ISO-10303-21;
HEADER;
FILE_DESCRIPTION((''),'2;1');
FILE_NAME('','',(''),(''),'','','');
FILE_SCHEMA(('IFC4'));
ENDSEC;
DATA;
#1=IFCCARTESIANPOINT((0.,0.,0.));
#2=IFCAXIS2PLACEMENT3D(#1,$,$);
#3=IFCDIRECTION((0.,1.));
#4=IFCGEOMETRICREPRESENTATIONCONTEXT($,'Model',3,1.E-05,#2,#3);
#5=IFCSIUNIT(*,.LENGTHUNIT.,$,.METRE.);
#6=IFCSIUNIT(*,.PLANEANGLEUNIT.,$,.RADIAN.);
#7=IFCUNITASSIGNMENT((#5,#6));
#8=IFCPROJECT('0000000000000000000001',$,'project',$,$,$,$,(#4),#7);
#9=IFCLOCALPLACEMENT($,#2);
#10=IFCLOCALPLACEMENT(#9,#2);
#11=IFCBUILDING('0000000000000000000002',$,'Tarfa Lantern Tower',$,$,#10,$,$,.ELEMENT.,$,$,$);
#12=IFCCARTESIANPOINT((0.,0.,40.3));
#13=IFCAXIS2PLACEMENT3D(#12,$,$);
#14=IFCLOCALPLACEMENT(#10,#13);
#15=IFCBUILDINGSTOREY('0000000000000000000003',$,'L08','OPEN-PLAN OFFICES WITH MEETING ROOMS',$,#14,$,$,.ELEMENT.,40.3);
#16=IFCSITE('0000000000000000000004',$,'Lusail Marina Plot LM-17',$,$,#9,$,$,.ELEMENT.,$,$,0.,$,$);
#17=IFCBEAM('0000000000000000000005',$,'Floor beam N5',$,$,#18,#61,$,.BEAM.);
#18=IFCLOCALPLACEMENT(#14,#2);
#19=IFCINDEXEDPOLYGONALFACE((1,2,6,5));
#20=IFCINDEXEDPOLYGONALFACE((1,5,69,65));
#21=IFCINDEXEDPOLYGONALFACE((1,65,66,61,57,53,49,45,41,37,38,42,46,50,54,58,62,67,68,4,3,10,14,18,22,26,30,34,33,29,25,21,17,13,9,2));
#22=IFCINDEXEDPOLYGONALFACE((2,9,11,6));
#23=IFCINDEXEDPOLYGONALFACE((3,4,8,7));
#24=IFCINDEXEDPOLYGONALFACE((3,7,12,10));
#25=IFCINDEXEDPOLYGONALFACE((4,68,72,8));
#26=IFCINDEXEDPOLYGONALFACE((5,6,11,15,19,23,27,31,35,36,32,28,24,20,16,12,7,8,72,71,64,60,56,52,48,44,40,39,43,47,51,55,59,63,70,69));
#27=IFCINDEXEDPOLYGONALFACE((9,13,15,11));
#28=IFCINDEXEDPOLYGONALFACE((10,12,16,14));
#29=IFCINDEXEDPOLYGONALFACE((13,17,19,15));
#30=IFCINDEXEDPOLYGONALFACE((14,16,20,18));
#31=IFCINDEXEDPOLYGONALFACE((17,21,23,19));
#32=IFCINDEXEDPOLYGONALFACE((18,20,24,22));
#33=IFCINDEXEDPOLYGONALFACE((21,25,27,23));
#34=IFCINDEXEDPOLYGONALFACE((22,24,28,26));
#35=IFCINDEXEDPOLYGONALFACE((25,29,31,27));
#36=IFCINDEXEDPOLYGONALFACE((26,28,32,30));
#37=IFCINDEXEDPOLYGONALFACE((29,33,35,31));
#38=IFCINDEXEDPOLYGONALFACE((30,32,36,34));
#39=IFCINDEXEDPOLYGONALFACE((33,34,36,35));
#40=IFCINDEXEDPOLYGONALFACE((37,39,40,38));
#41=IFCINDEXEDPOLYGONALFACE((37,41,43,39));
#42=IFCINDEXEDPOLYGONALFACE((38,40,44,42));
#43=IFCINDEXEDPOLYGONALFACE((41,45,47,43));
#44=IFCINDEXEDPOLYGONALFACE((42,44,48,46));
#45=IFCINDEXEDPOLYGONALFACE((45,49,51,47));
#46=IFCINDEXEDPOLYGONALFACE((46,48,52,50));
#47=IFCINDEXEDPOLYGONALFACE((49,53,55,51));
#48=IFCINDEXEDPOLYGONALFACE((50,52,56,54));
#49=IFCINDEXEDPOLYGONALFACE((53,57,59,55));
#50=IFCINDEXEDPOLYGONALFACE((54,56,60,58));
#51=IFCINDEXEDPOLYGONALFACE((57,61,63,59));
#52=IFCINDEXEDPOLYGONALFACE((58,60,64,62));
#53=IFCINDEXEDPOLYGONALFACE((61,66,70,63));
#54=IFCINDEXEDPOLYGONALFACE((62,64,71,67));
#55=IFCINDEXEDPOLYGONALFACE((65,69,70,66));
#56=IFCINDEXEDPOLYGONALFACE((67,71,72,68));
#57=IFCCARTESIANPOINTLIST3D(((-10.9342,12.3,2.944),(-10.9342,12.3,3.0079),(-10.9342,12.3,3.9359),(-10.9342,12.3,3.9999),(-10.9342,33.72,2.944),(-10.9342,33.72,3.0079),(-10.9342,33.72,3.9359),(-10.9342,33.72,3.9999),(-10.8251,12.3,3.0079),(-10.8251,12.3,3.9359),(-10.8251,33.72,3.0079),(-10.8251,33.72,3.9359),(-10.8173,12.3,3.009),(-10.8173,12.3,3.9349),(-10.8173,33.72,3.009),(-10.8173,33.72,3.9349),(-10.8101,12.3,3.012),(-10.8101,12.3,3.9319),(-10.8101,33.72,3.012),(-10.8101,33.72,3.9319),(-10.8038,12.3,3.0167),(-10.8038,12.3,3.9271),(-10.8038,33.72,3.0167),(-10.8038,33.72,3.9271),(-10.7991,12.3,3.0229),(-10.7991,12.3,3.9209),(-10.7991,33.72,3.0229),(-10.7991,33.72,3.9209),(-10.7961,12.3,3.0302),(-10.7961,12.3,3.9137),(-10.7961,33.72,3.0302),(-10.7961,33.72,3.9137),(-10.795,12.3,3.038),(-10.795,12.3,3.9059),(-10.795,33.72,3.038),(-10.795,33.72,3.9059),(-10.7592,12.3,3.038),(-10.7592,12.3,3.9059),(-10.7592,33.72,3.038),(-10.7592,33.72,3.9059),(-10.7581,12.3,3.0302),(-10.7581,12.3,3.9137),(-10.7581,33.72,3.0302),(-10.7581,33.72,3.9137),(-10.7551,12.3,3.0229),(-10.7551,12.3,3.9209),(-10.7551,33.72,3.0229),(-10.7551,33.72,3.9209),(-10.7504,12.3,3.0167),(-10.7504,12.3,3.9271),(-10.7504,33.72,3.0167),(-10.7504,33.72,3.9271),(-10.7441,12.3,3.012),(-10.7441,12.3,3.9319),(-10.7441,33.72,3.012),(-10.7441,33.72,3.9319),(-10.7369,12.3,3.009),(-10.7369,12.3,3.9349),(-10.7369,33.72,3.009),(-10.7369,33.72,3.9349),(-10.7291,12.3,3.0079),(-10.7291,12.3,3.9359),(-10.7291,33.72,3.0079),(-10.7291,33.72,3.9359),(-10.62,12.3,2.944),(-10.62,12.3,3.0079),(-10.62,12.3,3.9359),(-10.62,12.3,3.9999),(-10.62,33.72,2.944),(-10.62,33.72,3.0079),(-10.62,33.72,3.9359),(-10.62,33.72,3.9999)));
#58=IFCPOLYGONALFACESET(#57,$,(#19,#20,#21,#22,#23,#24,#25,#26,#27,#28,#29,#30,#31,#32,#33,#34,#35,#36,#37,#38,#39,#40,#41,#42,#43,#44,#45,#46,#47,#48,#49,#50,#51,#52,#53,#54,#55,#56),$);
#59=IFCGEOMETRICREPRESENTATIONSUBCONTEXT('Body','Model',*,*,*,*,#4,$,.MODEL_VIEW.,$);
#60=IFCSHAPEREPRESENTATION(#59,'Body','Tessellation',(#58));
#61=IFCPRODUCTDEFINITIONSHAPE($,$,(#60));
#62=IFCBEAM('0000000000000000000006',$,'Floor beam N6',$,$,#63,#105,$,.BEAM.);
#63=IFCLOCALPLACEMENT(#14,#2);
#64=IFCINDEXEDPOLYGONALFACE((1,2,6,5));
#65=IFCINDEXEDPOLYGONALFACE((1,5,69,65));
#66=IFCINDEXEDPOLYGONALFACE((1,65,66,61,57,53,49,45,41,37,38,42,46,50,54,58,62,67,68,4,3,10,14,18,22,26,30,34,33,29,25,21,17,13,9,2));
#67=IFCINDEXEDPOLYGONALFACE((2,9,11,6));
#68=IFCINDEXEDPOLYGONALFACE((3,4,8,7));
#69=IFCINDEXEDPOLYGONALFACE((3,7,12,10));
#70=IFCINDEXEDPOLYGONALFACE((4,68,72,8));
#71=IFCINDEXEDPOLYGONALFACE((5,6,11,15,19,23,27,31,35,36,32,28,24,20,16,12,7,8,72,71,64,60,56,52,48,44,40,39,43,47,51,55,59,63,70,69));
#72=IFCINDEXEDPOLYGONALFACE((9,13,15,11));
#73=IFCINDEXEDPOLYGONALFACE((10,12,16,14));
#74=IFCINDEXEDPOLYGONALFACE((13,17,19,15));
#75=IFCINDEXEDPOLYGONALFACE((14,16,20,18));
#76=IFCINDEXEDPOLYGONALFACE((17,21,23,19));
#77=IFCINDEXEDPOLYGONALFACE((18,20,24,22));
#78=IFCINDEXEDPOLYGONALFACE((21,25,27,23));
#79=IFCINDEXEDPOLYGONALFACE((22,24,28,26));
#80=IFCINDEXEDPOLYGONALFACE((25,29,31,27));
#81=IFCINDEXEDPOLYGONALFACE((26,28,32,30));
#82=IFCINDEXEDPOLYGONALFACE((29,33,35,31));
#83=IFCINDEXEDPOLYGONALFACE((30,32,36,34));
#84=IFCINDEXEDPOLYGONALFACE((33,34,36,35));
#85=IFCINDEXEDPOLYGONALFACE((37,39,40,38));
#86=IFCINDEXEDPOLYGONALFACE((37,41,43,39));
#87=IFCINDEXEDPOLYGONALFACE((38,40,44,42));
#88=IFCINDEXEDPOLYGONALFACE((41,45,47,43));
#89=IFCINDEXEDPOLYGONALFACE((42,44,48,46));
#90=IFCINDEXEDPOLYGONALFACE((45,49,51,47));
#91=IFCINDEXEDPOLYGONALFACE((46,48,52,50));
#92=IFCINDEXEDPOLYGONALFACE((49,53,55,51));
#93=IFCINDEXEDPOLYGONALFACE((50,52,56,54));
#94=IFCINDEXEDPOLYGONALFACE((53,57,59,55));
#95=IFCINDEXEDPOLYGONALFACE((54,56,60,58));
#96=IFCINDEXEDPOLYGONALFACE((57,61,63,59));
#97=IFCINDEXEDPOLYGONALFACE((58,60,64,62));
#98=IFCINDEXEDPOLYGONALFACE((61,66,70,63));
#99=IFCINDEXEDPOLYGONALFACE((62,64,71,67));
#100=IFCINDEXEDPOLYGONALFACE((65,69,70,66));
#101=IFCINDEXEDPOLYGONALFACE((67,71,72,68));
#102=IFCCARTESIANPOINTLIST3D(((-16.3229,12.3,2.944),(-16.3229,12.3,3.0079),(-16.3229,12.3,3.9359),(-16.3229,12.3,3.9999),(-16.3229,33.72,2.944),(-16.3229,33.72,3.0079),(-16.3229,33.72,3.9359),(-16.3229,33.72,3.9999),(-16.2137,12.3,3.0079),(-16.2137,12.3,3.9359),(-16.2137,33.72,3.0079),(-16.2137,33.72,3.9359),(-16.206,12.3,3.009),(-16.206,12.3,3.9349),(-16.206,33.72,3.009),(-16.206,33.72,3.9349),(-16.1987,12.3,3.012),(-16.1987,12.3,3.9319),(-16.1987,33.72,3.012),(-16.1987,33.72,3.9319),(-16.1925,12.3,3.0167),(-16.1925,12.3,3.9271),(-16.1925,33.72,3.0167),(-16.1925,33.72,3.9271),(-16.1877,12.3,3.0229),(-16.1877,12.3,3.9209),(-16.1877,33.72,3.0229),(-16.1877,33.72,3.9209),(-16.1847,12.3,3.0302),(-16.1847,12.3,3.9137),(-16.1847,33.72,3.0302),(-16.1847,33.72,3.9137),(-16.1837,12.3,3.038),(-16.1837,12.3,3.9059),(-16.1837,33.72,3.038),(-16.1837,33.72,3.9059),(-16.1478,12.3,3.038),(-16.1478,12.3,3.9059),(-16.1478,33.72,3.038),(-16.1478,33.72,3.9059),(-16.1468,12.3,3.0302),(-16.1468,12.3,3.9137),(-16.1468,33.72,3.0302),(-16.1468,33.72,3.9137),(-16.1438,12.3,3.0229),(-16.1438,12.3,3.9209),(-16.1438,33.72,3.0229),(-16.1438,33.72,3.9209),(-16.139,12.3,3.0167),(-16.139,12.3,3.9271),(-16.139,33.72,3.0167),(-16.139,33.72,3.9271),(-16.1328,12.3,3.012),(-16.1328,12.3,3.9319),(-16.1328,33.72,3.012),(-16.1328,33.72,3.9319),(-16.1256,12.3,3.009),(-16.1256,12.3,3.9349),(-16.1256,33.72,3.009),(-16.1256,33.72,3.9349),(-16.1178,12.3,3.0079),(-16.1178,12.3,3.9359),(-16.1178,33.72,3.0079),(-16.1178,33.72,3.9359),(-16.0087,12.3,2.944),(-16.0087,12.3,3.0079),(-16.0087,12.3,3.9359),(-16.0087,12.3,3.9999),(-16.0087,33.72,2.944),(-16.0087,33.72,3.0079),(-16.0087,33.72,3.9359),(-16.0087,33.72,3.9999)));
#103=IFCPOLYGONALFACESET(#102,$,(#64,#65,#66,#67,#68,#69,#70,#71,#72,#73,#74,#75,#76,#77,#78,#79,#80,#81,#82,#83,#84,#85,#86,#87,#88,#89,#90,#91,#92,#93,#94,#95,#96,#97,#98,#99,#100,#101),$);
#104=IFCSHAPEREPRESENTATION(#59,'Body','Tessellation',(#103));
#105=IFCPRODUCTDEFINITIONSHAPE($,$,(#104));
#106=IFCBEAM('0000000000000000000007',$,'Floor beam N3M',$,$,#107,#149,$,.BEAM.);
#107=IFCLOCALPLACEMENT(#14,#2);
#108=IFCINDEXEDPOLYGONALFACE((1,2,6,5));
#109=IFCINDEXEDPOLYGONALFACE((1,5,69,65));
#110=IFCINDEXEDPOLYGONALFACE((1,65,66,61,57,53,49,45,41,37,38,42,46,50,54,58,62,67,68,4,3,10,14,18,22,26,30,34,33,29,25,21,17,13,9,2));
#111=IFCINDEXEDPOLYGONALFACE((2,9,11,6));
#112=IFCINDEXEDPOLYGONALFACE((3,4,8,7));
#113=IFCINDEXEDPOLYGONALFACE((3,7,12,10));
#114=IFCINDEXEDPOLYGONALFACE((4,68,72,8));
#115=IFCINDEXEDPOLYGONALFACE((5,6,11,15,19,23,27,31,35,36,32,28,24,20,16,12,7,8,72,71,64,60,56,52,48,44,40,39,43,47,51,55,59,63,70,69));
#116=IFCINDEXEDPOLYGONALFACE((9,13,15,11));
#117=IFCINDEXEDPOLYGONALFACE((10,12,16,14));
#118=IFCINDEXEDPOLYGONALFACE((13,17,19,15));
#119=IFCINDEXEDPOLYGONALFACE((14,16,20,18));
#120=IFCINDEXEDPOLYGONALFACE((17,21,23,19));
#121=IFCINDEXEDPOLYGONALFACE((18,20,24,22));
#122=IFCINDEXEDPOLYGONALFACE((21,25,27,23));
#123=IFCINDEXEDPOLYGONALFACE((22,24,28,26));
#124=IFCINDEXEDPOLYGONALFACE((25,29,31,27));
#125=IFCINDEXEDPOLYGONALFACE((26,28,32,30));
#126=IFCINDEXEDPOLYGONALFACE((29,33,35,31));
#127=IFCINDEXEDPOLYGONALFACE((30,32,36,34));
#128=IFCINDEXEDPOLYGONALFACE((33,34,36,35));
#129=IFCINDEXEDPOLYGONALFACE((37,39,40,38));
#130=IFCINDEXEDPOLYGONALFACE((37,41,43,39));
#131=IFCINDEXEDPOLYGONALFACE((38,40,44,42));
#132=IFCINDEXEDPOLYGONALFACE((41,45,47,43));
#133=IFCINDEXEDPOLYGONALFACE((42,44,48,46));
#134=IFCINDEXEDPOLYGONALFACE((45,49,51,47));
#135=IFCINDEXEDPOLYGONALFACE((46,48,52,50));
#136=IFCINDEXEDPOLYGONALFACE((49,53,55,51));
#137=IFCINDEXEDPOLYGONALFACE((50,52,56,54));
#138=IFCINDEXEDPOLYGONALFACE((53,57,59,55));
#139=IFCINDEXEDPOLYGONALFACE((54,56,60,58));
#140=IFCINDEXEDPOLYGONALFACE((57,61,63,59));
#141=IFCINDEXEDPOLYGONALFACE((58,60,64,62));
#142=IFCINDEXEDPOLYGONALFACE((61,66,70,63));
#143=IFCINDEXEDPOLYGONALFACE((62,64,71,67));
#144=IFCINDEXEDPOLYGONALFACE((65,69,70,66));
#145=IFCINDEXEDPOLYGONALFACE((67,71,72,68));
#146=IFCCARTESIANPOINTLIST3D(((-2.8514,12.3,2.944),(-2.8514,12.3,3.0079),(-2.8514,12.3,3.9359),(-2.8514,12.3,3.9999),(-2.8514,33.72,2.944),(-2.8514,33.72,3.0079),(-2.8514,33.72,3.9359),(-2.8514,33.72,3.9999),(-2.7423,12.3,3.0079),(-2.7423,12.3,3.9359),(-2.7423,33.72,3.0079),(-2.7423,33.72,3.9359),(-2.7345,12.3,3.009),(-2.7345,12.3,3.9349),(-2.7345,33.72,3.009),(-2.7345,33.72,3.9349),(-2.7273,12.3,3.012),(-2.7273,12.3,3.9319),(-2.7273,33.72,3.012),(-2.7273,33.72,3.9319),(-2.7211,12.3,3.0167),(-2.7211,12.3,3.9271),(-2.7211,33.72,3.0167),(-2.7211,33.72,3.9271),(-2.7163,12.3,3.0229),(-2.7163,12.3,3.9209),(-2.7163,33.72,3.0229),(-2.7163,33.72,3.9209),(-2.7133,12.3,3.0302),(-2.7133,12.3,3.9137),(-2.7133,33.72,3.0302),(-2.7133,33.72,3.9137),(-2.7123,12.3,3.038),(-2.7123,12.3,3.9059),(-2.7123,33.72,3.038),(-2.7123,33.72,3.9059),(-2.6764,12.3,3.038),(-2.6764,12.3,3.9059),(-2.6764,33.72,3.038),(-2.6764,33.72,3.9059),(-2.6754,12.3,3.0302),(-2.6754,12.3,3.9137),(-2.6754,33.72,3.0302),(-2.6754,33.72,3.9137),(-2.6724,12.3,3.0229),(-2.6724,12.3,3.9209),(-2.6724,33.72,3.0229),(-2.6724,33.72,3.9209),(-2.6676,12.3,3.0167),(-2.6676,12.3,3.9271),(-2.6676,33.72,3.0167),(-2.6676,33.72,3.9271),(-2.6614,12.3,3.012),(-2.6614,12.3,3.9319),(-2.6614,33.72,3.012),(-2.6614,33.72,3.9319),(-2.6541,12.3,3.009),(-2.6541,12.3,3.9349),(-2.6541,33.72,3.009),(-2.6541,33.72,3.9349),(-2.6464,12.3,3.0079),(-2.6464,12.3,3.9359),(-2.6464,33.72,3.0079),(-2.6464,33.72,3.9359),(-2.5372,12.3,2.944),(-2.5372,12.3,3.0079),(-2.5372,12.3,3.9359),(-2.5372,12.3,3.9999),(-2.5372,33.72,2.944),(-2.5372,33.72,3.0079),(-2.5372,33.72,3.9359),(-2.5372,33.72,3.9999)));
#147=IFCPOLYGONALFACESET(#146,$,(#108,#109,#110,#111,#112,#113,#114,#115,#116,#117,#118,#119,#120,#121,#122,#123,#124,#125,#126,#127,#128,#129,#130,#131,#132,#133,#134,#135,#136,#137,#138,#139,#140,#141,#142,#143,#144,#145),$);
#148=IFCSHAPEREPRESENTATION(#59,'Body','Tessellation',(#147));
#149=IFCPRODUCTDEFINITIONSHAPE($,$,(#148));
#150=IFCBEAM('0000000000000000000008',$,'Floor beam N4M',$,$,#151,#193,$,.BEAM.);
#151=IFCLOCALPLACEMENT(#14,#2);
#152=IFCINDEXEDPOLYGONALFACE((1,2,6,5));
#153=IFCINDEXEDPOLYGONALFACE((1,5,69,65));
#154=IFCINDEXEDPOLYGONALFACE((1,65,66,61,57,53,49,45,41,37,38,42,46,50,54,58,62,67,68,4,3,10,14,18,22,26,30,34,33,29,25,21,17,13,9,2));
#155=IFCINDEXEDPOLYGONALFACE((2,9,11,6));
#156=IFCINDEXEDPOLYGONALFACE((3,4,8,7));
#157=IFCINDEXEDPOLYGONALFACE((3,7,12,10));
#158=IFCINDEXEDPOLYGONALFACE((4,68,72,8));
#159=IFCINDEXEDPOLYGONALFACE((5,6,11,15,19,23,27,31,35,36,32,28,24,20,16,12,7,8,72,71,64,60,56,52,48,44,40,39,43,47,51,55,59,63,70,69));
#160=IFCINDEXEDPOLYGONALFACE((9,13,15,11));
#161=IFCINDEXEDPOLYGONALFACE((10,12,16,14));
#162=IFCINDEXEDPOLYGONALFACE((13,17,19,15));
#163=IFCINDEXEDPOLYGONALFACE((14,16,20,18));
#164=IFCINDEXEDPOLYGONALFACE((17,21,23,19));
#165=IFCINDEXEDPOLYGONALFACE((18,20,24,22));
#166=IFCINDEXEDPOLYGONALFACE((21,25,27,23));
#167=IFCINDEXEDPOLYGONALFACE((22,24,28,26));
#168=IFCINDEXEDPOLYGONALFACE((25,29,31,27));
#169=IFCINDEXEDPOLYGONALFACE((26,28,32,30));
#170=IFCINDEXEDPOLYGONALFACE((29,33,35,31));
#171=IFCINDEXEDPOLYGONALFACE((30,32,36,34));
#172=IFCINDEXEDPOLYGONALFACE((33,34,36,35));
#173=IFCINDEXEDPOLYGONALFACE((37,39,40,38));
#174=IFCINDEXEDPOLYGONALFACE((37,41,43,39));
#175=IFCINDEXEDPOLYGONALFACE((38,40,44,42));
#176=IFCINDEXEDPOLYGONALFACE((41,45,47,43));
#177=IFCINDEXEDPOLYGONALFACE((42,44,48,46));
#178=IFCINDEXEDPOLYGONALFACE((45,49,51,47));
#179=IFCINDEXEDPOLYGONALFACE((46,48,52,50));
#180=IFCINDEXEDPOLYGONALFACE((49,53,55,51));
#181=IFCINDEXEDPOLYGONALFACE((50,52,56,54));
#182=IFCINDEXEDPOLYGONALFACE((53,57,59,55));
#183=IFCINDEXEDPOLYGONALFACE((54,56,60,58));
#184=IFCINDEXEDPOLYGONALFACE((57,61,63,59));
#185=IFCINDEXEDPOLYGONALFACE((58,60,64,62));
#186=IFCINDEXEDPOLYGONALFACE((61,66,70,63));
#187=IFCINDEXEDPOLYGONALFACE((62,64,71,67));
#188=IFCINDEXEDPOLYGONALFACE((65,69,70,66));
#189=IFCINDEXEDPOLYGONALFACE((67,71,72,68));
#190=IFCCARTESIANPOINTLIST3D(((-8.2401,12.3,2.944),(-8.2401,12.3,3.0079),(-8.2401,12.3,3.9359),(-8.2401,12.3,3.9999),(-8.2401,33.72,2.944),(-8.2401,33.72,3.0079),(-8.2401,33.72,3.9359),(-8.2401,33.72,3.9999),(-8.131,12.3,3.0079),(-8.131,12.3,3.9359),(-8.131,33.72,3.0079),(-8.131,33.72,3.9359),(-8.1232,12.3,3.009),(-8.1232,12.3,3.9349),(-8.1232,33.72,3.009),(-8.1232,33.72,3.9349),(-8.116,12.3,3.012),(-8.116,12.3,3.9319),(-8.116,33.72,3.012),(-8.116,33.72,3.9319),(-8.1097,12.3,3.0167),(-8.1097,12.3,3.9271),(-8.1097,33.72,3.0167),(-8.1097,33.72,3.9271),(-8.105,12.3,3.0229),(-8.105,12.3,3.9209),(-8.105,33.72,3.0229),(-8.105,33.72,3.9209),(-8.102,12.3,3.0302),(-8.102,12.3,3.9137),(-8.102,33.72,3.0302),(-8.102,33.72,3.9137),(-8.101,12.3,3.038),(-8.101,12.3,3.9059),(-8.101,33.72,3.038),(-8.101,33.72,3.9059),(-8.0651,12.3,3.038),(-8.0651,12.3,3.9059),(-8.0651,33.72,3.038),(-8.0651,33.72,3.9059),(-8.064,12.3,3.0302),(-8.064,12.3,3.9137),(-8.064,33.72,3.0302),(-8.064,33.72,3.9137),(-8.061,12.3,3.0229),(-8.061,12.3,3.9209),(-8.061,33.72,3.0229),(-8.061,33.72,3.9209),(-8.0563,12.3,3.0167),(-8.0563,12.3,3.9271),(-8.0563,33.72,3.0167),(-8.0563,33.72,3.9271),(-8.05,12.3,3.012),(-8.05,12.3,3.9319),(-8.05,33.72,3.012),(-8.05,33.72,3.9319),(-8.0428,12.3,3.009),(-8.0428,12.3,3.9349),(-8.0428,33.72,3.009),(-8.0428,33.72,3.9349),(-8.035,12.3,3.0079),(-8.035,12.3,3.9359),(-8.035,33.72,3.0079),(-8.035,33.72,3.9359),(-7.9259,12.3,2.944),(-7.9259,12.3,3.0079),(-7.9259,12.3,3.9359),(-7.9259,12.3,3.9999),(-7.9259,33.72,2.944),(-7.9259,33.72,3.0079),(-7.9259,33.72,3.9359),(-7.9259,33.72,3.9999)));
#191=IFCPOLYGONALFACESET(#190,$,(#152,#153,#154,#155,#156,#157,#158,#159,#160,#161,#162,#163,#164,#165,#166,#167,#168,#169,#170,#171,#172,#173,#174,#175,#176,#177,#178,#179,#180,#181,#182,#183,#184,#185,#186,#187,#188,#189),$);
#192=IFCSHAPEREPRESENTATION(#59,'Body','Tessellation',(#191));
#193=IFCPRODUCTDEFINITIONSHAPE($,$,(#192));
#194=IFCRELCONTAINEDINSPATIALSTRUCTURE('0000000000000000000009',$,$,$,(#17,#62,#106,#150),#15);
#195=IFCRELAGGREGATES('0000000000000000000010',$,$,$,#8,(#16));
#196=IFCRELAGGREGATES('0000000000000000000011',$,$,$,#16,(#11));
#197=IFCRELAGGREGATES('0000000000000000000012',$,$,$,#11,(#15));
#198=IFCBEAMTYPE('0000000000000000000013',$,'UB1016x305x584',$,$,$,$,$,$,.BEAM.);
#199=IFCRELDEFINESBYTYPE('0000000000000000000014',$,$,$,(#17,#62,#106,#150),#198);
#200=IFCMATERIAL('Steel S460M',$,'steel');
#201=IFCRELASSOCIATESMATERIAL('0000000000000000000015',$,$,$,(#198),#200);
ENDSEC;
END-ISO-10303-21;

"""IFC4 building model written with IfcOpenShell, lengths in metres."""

from ifc_helpers import new_model, si_unit, direction, frame, origin, origin_2d, place, context, subcontext, project, spatial, i_section, extrude, material, material_profile, profile_set, type_object, element, save


model = new_model("IFC4")

# Units and contexts
model_context = context("Model", 3, precision=1e-05, world=origin(), true_north=direction((0.0, 1.0)))
body_context = subcontext(model_context, "Body", "Model", "MODEL_VIEW")
ifc_project = project(units=[si_unit("LENGTHUNIT", "METRE"), si_unit("PLANEANGLEUNIT", "RADIAN")], contexts=[model_context])

# Site, building, storey
site_placement = place(None, origin())
site = spatial("IfcSite", under=ifc_project, at=site_placement, Name="Lusail Marina Plot LM-17", CompositionType="ELEMENT", RefElevation=0.0)
building_placement = place(site_placement, origin())
building = spatial("IfcBuilding", under=site, at=building_placement, Name="Tarfa Lantern Tower", CompositionType="ELEMENT")
storey_placement = place(building_placement, frame((0.0, 0.0, 40.3)))
storey = spatial("IfcBuildingStorey", under=building, at=storey_placement, Name="L08", Description="OPEN-PLAN OFFICES WITH MEETING ROOMS", CompositionType="ELEMENT", Elevation=40.3)

# Beams
ifc_material_1 = material(Name="Steel S460M", Category="steel")
ifc_material_profile_1 = material_profile(ifc_material_1, i_section(OverallWidth=0.3142, OverallDepth=1.0559, WebThickness=0.0359, FlangeThickness=0.064, FilletRadius=0.03, at=origin_2d()), Name="UB1016x305x584")
ifc_profile_set_1 = profile_set([ifc_material_profile_1], Name="Steel S460M")
beam_type_1 = type_object("IfcBeamType", Name="UB1016x305x584", PredefinedType="BEAM", material=ifc_profile_set_1)
for number, where, z_axis, x_axis, name in (
    (1, (-10.7771, 33.72, 3.4719), (0.0, -1.0, 0.0), (1.0, 0.0, 0.0), "Floor beam N5"),
    (2, (-16.1658, 33.72, 3.4719), (0.0, -1.0, 0.0), (1.0, 0.0, 0.0), "Floor beam N6"),
    (3, (-2.6943, 33.72, 3.4719), (0.0, -1.0, 0.0), (1.0, 0.0, 0.0), "Floor beam N3M"),
    (4, (-8.083, 33.72, 3.4719), (0.0, -1.0, 0.0), (1.0, 0.0, 0.0), "Floor beam N4M"),
):
    element("IfcBeam", number, at=place(storey_placement, frame(where, z_axis=z_axis, x_axis=x_axis)), inside=storey, type_object=beam_type_1, Name=name, PredefinedType="BEAM", context=body_context, shape_type="SweptSolid", body=[
        extrude(i_section(OverallWidth=0.3142, OverallDepth=1.0559, WebThickness=0.0359, FlangeThickness=0.064, FilletRadius=0.03, at=origin_2d()), origin(), (0.0, 0.0, 1.0), 21.4199),
    ])

save(model, "model.ifc")
